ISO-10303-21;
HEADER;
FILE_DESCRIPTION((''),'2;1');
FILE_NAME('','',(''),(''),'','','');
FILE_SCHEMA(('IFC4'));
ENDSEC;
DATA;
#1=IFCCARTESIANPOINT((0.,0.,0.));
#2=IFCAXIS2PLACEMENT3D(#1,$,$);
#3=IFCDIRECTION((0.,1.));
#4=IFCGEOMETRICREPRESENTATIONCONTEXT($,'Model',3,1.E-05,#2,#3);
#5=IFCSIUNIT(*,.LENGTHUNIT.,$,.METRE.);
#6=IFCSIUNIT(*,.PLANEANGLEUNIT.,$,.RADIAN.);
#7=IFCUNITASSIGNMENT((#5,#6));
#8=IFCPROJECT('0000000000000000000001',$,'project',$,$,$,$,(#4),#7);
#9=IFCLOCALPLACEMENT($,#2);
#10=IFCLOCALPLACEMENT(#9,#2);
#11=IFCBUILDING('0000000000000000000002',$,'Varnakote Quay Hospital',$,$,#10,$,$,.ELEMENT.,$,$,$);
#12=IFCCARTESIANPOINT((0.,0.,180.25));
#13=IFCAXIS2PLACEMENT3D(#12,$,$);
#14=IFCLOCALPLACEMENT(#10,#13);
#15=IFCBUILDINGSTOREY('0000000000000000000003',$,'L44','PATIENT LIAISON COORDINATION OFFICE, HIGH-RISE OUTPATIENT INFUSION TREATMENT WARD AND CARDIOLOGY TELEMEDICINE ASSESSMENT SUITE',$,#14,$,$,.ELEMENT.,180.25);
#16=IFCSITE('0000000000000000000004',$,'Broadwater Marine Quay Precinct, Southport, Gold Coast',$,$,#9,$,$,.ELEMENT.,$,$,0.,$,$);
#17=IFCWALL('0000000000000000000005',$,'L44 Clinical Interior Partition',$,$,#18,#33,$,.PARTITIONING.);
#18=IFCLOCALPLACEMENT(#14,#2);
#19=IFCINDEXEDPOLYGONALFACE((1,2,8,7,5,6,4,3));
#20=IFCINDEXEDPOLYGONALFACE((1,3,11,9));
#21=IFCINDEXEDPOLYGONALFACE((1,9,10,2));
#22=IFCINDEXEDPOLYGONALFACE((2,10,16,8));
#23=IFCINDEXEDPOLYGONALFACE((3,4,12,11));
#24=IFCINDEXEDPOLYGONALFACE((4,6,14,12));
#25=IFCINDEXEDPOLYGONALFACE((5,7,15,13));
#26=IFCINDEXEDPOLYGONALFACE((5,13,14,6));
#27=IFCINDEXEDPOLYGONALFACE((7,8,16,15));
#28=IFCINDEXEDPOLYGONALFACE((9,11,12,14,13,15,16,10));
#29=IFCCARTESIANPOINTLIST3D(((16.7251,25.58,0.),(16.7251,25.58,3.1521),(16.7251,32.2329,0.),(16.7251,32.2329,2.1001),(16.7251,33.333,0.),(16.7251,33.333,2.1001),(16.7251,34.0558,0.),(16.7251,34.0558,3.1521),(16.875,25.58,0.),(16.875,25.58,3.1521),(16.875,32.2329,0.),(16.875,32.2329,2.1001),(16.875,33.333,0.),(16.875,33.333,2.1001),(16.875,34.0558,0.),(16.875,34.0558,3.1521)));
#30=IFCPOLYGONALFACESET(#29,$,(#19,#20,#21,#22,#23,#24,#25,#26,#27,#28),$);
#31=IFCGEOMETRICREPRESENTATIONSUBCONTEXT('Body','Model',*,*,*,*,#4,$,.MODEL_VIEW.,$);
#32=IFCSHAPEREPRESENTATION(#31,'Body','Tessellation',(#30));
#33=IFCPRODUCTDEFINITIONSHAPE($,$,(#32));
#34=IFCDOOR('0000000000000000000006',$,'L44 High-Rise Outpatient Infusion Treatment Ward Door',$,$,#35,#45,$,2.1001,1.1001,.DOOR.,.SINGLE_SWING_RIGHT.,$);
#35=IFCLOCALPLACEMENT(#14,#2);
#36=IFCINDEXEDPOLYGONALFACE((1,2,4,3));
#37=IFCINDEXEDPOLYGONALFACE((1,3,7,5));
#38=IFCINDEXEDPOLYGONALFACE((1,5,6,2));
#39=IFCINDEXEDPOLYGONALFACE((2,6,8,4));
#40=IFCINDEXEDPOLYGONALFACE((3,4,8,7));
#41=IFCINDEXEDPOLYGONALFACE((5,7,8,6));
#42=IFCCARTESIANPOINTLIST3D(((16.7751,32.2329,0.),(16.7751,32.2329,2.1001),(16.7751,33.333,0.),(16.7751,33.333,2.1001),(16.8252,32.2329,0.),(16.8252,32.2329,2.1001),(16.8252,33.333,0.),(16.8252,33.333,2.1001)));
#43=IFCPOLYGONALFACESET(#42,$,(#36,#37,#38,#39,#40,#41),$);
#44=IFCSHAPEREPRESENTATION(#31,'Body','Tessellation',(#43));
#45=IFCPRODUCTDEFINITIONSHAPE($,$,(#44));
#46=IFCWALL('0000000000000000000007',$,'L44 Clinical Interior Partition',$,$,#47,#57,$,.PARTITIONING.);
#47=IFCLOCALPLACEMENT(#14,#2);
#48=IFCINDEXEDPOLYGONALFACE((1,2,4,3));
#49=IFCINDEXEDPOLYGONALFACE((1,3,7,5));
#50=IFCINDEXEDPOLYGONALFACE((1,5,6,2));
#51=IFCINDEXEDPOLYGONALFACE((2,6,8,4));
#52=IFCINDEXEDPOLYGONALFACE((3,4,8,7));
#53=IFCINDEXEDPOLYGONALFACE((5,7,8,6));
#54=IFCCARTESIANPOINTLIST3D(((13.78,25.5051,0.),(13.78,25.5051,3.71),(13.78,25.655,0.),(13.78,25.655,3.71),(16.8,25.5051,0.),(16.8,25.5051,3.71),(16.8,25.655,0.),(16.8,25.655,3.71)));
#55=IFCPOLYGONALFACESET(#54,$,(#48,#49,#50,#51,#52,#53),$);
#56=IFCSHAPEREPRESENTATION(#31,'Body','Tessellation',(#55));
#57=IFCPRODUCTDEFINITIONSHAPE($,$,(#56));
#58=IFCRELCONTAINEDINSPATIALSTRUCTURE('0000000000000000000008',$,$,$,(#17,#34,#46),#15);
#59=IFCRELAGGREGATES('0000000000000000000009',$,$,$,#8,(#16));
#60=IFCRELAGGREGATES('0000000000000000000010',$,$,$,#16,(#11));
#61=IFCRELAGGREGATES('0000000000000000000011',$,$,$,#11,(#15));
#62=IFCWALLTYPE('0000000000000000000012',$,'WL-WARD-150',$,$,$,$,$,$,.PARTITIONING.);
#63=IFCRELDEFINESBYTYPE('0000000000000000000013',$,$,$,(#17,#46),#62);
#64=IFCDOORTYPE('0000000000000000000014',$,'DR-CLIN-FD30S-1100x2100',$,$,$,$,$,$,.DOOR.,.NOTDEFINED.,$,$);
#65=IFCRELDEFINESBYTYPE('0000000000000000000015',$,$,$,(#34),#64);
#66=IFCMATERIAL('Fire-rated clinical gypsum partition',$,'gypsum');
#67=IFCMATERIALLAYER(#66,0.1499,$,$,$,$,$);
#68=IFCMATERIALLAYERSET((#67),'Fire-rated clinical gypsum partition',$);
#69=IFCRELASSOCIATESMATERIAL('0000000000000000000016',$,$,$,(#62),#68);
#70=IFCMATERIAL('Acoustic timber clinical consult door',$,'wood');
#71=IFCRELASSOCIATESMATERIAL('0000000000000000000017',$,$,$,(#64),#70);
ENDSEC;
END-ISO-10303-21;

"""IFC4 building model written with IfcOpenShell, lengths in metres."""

from ifc_helpers import new_model, si_unit, direction, frame, frame_2d, origin, place, context, subcontext, project, spatial, rectangle, extrude, material, layer, layer_set, type_object, element, fill, save


model = new_model("IFC4")

# Units and contexts
model_context = context("Model", 3, precision=1e-05, world=origin(), true_north=direction((0.0, 1.0)))
body_context = subcontext(model_context, "Body", "Model", "MODEL_VIEW")
ifc_project = project(units=[si_unit("LENGTHUNIT", "METRE"), si_unit("PLANEANGLEUNIT", "RADIAN")], contexts=[model_context])

# Site, building, storey
site_placement = place(None, origin())
site = spatial("IfcSite", under=ifc_project, at=site_placement, Name="Broadwater Marine Quay Precinct, Southport, Gold Coast", CompositionType="ELEMENT", RefElevation=0.0)
building_placement = place(site_placement, origin())
building = spatial("IfcBuilding", under=site, at=building_placement, Name="Varnakote Quay Hospital", CompositionType="ELEMENT")
storey_placement = place(building_placement, frame((0.0, 0.0, 180.25)))
storey = spatial("IfcBuildingStorey", under=building, at=storey_placement, Name="L44", Description="PATIENT LIAISON COORDINATION OFFICE, HIGH-RISE OUTPATIENT INFUSION TREATMENT WARD AND CARDIOLOGY TELEMEDICINE ASSESSMENT SUITE", CompositionType="ELEMENT", Elevation=180.25)

# Shared definitions
ifc_material_1 = material(Name="Fire-rated clinical gypsum partition", Category="gypsum")
ifc_layer_1 = layer(ifc_material_1, 0.1499)
ifc_layer_set_1 = layer_set([ifc_layer_1], Name="Fire-rated clinical gypsum partition")
wall_type_1 = type_object("IfcWallType", Name="WL-WARD-150", PredefinedType="PARTITIONING", material=ifc_layer_set_1)

# Wall, opening, door
wall_1_placement = place(storey_placement, frame((16.8, 25.5801, 0.0), z_axis=(0.0, 0.0, 1.0), x_axis=(0.0, 1.0, 0.0)))
wall_1 = element("IfcWall", 1, at=wall_1_placement, inside=storey, type_object=wall_type_1, Name="L44 Clinical Interior Partition", PredefinedType="PARTITIONING", context=body_context, shape_type="SweptSolid", body=[
    extrude(rectangle(XDim=8.4758, YDim=0.1499, at=frame_2d((4.2378, 0.0))), origin(), (0.0, 0.0, 1.0), 3.1521),
])
opening_1_placement = place(wall_1_placement, frame((6.6528, 0.0, 0.0)))
opening_1 = element("IfcOpeningElement", 2, at=opening_1_placement, cuts=wall_1, PredefinedType="OPENING", context=body_context, shape_type="SweptSolid", body=[
    extrude(rectangle(XDim=1.1001, YDim=2.1001, at=frame_2d((0.55, 1.05))), frame((0.0, 0.085, 0.0), z_axis=(0.0, -1.0, 0.0), x_axis=(1.0, 0.0, 0.0)), (0.0, 0.0, 1.0), 0.1699),
])
ifc_material_2 = material(Name="Acoustic timber clinical consult door", Category="wood")
door_type = type_object("IfcDoorType", Name="DR-CLIN-FD30S-1100x2100", OperationType="NOTDEFINED", PredefinedType="DOOR", material=ifc_material_2)
door_placement = place(opening_1_placement, origin())
door = element("IfcDoor", 3, at=door_placement, inside=storey, type_object=door_type, Name="L44 High-Rise Outpatient Infusion Treatment Ward Door", OperationType="SINGLE_SWING_RIGHT", OverallHeight=2.1001, OverallWidth=1.1001, PredefinedType="DOOR", context=body_context, shape_type="SweptSolid", body=[
    extrude(rectangle(XDim=1.1001, YDim=2.1001, at=frame_2d((0.55, 1.05))), frame((0.0, 0.0249, 0.0), z_axis=(0.0, -1.0, 0.0), x_axis=(1.0, 0.0, 0.0)), (0.0, 0.0, 1.0), 0.05),
])
fill(opening_1, door)

# Wall
wall_2_placement = place(storey_placement, frame((13.78, 25.5801, 0.0), z_axis=(0.0, 0.0, 1.0), x_axis=(1.0, 0.0, 0.0)))
element("IfcWall", 4, at=wall_2_placement, inside=storey, type_object=wall_type_1, Name="L44 Clinical Interior Partition", PredefinedType="PARTITIONING", context=body_context, shape_type="SweptSolid", body=[
    extrude(rectangle(XDim=3.02, YDim=0.1499, at=frame_2d((1.51, 0.0))), origin(), (0.0, 0.0, 1.0), 3.71),
])

save(model, "model.ifc")
